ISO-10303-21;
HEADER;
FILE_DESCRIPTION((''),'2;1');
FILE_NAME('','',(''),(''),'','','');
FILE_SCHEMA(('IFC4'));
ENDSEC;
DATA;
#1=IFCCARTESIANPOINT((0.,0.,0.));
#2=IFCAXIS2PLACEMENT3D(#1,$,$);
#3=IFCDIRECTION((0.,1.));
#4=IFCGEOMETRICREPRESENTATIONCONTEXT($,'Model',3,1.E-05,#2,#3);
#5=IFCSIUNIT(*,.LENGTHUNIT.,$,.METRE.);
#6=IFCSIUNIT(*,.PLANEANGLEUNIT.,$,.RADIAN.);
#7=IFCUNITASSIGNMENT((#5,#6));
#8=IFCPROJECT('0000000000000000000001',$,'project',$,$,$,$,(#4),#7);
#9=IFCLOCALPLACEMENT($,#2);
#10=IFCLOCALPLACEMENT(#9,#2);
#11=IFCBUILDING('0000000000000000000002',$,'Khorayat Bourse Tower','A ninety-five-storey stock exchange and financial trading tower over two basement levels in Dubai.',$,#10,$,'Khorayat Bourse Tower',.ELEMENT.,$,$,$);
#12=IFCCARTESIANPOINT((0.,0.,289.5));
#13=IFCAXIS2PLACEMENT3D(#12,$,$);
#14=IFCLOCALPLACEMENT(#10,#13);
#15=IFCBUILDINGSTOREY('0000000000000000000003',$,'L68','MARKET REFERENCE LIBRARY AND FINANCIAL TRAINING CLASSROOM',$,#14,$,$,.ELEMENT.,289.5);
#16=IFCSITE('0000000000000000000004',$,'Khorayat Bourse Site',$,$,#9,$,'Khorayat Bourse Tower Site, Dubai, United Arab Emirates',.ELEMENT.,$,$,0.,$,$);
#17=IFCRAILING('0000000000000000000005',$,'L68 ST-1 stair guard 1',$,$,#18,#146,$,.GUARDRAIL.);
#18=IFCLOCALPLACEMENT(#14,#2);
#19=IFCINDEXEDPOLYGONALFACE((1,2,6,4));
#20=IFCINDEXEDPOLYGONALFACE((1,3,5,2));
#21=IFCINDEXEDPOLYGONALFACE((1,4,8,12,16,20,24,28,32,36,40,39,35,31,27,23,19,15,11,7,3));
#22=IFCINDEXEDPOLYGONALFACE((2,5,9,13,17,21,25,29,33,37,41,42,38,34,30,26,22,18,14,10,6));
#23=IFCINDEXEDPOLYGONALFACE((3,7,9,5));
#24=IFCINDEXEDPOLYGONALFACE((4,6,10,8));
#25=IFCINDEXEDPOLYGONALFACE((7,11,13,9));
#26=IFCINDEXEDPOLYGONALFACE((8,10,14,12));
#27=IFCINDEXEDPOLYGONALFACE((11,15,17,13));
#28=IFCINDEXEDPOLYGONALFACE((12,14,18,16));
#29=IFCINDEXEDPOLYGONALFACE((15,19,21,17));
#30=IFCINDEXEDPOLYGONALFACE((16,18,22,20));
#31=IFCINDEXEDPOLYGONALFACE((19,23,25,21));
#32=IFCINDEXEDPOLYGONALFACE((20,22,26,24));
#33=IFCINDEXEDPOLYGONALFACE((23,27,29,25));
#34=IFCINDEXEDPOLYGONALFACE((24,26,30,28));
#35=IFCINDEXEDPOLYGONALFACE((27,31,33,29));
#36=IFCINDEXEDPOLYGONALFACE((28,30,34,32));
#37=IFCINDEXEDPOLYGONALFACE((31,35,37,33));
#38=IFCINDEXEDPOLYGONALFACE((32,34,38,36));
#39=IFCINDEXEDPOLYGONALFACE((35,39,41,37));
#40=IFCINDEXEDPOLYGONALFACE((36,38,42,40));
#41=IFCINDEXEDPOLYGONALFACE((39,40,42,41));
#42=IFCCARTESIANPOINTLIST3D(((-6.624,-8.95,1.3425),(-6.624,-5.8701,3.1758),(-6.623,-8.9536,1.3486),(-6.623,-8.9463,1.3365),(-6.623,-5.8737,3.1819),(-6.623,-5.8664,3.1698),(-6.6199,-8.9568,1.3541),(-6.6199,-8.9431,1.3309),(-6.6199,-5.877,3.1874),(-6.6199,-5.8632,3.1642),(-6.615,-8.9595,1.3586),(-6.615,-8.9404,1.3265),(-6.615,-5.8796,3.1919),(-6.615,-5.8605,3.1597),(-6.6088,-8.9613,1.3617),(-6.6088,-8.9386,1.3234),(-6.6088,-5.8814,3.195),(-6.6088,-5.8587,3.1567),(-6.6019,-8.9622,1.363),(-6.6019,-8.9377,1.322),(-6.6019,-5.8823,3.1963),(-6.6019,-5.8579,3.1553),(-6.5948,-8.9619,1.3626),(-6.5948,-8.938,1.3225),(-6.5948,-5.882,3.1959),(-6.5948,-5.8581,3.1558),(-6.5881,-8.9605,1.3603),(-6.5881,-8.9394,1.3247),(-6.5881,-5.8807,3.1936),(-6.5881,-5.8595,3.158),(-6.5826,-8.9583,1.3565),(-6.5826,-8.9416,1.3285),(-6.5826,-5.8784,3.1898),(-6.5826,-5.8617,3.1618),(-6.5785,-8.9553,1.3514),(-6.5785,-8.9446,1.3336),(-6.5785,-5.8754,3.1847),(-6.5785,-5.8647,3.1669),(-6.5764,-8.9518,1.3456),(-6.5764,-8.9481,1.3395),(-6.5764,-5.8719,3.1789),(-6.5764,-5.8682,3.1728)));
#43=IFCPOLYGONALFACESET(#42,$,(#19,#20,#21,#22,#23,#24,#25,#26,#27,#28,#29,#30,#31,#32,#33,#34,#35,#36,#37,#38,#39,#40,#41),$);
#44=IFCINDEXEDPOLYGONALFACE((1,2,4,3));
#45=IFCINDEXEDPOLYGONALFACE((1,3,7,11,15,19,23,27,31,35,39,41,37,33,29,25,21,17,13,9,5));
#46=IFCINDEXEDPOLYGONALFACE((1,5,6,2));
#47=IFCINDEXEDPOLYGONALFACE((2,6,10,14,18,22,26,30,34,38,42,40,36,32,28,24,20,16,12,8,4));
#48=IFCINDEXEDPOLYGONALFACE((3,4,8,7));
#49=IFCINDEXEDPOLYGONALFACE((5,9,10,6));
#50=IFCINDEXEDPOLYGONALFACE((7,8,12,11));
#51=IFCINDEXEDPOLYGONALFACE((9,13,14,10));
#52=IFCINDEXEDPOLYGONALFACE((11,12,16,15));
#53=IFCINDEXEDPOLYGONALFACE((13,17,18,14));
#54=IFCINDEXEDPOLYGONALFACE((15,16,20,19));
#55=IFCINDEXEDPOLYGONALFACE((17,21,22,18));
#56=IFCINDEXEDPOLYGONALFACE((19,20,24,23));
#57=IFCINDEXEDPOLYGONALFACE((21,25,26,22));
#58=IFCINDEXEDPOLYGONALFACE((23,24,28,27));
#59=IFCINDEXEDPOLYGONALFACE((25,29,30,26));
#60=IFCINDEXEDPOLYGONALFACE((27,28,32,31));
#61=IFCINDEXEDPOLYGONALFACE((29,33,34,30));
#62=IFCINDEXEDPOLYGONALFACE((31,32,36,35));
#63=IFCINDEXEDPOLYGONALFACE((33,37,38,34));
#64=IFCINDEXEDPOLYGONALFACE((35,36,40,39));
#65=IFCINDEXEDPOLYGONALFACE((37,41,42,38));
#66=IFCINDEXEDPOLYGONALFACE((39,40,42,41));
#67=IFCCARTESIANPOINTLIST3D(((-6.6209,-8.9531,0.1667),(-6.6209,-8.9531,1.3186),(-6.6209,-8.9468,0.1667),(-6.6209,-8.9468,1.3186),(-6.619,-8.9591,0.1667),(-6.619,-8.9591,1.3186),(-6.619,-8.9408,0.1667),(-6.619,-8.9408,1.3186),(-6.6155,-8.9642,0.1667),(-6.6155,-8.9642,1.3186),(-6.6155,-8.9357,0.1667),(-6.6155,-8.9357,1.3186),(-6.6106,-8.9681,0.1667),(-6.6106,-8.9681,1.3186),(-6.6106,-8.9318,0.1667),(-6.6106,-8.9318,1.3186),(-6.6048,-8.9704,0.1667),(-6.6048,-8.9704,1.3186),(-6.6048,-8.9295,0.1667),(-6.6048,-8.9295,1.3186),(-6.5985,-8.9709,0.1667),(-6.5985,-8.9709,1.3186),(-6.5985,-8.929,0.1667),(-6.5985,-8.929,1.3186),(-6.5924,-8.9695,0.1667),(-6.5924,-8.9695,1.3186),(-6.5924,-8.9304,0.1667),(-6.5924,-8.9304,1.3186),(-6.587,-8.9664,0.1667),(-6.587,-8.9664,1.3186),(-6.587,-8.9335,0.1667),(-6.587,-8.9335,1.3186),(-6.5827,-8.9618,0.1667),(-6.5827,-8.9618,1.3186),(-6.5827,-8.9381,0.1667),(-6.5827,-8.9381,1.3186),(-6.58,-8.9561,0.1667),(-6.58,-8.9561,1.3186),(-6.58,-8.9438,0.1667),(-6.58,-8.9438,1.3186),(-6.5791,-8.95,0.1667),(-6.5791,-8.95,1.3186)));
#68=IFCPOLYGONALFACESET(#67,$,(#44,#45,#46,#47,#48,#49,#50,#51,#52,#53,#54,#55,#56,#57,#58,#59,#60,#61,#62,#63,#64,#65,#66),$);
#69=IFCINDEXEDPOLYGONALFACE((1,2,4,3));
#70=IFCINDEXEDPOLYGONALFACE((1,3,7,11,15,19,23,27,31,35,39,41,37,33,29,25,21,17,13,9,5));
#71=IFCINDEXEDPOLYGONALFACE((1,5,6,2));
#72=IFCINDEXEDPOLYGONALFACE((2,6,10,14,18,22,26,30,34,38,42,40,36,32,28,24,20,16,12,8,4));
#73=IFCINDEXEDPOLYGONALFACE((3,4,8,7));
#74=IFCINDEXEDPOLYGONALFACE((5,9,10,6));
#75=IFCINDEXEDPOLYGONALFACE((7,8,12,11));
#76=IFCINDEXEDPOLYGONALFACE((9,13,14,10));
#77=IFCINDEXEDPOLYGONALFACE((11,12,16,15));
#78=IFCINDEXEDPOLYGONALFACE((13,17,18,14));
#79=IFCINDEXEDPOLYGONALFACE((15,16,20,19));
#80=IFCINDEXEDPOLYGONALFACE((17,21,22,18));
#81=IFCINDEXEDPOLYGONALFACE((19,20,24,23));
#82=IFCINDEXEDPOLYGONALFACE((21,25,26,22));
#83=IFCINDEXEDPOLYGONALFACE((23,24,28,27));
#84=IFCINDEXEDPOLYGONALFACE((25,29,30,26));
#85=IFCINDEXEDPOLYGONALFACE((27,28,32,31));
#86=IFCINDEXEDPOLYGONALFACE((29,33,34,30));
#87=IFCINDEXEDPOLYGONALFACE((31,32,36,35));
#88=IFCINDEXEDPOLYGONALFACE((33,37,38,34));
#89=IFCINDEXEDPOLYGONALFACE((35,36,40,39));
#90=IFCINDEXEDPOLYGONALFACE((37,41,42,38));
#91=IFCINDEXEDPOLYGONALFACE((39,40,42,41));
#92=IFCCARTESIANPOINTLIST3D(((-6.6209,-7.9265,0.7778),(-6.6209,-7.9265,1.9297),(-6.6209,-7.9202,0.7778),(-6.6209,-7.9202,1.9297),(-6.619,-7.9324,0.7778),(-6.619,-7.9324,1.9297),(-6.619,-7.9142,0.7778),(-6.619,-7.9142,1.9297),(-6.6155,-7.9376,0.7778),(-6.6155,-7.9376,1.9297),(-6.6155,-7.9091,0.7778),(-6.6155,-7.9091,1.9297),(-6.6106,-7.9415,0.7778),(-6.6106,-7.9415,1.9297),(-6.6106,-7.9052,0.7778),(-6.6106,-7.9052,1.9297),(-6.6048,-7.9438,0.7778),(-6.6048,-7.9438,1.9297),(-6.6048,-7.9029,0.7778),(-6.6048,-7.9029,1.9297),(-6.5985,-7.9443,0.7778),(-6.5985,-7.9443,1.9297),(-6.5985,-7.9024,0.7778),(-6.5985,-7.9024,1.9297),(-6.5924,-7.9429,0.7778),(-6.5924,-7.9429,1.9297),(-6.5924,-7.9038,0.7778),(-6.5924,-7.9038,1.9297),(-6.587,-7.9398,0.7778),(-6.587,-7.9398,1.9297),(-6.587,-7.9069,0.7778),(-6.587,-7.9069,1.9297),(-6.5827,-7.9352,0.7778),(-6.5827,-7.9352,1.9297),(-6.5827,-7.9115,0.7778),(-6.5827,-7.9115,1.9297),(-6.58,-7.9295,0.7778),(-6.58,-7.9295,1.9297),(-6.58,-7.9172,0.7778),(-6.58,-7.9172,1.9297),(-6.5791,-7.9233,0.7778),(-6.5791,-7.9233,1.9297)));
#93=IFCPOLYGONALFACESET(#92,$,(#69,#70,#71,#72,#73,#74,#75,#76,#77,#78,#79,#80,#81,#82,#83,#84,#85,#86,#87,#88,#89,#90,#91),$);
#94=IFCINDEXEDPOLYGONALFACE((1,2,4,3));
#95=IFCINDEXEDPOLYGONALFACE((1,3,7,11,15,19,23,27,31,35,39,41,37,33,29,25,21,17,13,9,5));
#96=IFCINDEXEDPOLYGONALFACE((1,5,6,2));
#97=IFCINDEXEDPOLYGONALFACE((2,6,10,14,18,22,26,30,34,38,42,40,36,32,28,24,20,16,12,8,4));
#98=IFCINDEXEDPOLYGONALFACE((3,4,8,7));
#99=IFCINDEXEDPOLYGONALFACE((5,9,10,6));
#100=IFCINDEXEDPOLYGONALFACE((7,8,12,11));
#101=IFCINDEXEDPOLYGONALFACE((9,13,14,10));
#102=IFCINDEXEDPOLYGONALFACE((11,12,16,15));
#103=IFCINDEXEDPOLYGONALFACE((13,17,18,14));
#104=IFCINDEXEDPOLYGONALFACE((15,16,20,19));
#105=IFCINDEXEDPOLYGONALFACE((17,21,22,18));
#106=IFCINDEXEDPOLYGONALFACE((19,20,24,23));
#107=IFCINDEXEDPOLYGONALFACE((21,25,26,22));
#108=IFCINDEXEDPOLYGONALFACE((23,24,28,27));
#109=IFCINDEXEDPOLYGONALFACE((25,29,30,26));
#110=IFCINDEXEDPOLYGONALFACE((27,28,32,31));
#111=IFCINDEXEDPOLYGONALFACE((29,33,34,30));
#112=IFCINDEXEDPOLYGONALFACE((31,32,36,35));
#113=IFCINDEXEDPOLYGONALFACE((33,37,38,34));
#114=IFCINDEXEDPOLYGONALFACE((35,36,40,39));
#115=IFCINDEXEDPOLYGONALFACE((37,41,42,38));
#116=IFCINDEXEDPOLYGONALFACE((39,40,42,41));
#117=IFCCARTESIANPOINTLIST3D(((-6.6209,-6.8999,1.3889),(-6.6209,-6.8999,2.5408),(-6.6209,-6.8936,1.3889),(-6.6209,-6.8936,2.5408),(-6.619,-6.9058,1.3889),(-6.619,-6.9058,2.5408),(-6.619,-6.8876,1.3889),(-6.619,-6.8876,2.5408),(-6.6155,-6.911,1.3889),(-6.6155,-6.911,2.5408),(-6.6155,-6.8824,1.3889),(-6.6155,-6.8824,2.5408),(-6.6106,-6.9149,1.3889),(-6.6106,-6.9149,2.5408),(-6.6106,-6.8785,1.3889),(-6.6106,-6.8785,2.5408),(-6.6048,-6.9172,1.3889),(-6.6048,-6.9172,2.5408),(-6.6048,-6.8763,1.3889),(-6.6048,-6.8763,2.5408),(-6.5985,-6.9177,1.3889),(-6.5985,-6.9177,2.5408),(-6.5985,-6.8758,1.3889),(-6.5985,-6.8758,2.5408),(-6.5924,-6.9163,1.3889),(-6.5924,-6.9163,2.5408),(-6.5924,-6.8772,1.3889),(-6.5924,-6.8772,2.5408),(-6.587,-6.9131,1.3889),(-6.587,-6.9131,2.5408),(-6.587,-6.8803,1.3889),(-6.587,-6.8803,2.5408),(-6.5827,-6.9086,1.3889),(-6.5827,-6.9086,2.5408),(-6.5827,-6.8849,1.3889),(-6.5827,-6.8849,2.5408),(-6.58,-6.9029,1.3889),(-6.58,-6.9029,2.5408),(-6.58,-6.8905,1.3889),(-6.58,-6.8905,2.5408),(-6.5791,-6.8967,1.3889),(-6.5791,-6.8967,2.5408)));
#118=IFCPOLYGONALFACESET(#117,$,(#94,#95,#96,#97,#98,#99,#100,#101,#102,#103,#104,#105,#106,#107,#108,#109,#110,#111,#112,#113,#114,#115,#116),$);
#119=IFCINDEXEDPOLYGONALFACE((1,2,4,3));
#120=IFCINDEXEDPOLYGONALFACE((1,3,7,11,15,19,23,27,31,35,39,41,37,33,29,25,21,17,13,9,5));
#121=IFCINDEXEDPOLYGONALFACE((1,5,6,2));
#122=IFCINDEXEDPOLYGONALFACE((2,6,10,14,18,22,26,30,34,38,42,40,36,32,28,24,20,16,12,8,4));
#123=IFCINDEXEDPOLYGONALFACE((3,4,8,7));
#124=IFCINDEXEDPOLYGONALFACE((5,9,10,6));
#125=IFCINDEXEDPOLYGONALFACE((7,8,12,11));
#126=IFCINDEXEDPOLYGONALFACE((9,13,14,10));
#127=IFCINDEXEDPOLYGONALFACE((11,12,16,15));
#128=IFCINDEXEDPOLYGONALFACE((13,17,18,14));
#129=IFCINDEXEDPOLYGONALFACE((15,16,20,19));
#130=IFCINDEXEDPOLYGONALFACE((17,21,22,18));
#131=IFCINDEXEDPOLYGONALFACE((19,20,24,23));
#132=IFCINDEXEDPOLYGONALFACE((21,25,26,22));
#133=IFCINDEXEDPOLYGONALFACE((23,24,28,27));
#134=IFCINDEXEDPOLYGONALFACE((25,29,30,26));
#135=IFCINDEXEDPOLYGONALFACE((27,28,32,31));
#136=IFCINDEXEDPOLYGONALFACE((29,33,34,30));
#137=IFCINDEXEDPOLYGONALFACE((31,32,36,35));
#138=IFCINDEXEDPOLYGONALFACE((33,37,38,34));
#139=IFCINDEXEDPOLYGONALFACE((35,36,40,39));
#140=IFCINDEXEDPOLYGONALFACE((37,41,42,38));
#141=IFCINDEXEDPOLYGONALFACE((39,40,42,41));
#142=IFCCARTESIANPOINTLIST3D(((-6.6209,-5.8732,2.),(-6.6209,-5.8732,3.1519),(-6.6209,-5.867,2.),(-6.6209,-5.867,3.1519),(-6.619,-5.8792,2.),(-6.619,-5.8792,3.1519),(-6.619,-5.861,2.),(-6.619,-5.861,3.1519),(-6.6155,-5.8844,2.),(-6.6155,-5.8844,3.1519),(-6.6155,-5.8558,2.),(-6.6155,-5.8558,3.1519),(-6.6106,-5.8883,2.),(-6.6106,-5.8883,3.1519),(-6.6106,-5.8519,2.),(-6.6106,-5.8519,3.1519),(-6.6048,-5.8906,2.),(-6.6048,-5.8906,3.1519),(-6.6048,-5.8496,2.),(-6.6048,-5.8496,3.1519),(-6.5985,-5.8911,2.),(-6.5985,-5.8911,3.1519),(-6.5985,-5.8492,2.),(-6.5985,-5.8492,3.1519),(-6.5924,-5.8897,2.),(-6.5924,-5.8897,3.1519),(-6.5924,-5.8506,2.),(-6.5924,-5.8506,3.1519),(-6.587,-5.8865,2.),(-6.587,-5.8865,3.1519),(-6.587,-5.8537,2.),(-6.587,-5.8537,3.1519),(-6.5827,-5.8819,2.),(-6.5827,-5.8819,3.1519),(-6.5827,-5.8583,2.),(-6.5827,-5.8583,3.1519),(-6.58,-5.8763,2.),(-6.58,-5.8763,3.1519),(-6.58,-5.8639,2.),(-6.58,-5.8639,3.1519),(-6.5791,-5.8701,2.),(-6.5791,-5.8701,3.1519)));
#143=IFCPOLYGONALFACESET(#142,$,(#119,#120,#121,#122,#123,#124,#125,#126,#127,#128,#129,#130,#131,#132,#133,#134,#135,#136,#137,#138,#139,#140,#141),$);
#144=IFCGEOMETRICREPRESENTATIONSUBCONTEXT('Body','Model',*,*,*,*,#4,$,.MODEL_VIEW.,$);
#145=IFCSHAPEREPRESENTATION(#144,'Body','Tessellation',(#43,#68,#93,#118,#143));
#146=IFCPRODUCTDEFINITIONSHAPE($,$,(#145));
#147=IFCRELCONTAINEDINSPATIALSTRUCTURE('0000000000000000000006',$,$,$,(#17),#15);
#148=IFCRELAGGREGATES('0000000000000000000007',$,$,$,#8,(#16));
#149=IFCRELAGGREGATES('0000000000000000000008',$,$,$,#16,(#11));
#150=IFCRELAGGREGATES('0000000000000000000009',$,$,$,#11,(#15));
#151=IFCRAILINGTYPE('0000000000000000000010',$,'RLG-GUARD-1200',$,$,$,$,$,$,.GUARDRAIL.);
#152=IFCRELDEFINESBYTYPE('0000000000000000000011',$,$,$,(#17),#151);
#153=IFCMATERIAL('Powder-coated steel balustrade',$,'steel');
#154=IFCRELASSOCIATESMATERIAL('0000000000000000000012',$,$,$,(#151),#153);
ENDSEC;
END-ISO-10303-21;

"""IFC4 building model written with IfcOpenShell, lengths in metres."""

from ifc_helpers import new_model, si_unit, direction, frame, origin, origin_2d, place, context, subcontext, project, spatial, circle, extrude, source, transform, mapped, material, type_object, element, save


model = new_model("IFC4")

# Units and contexts
model_context = context("Model", 3, precision=1e-05, world=origin(), true_north=direction((0.0, 1.0)))
body_context = subcontext(model_context, "Body", "Model", "MODEL_VIEW")
ifc_project = project(units=[si_unit("LENGTHUNIT", "METRE"), si_unit("PLANEANGLEUNIT", "RADIAN")], contexts=[model_context])

# Site, building, storey
site_placement = place(None, origin())
site = spatial("IfcSite", under=ifc_project, at=site_placement, Name="Khorayat Bourse Site", LongName="Khorayat Bourse Tower Site, Dubai, United Arab Emirates", CompositionType="ELEMENT", RefElevation=0.0)
building_placement = place(site_placement, origin())
building = spatial("IfcBuilding", under=site, at=building_placement, Name="Khorayat Bourse Tower", Description="A ninety-five-storey stock exchange and financial trading tower over two basement levels in Dubai.", LongName="Khorayat Bourse Tower", CompositionType="ELEMENT")
storey_placement = place(building_placement, frame((0.0, 0.0, 289.5)))
storey = spatial("IfcBuildingStorey", under=building, at=storey_placement, Name="L68", Description="MARKET REFERENCE LIBRARY AND FINANCIAL TRAINING CLASSROOM", CompositionType="ELEMENT", Elevation=289.5)

# Railing
ifc_material_1 = material(Name="Powder-coated steel balustrade", Category="steel")
railing_type_1 = type_object("IfcRailingType", Name="RLG-GUARD-1200", PredefinedType="GUARDRAIL", material=ifc_material_1)
shared_shape_1 = source(origin(), body_context, "Body", "SweptSolid", [
    extrude(circle(Radius=0.0239, at=origin_2d()), frame((0.0, 0.0, 1.1758), z_axis=(0.0, 0.859291, 0.511487), x_axis=(-1.0, 0.0, 0.0)), (0.0, 0.0, 1.0), 3.5842),
    extrude(circle(Radius=0.021, at=origin_2d()), origin(), (0.0, 0.0, 1.0), 1.1519),
    extrude(circle(Radius=0.021, at=origin_2d()), frame((0.0, 1.0266, 0.6111)), (0.0, 0.0, 1.0), 1.1519),
    extrude(circle(Radius=0.021, at=origin_2d()), frame((0.0, 2.0532, 1.2222)), (0.0, 0.0, 1.0), 1.1519),
    extrude(circle(Radius=0.021, at=origin_2d()), frame((0.0, 3.0798, 1.8333)), (0.0, 0.0, 1.0), 1.1519),
])
railing_1_placement = place(storey_placement, frame((-6.6001, -8.95, 0.1667)))
element("IfcRailing", 1, at=railing_1_placement, inside=storey, type_object=railing_type_1, Name="L68 ST-1 stair guard 1", PredefinedType="GUARDRAIL", context=body_context, shape_type="MappedRepresentation", body=[
    mapped(shared_shape_1, transform((0.0, 0.0, 0.0), scale=1.0)),
])

save(model, "model.ifc")
